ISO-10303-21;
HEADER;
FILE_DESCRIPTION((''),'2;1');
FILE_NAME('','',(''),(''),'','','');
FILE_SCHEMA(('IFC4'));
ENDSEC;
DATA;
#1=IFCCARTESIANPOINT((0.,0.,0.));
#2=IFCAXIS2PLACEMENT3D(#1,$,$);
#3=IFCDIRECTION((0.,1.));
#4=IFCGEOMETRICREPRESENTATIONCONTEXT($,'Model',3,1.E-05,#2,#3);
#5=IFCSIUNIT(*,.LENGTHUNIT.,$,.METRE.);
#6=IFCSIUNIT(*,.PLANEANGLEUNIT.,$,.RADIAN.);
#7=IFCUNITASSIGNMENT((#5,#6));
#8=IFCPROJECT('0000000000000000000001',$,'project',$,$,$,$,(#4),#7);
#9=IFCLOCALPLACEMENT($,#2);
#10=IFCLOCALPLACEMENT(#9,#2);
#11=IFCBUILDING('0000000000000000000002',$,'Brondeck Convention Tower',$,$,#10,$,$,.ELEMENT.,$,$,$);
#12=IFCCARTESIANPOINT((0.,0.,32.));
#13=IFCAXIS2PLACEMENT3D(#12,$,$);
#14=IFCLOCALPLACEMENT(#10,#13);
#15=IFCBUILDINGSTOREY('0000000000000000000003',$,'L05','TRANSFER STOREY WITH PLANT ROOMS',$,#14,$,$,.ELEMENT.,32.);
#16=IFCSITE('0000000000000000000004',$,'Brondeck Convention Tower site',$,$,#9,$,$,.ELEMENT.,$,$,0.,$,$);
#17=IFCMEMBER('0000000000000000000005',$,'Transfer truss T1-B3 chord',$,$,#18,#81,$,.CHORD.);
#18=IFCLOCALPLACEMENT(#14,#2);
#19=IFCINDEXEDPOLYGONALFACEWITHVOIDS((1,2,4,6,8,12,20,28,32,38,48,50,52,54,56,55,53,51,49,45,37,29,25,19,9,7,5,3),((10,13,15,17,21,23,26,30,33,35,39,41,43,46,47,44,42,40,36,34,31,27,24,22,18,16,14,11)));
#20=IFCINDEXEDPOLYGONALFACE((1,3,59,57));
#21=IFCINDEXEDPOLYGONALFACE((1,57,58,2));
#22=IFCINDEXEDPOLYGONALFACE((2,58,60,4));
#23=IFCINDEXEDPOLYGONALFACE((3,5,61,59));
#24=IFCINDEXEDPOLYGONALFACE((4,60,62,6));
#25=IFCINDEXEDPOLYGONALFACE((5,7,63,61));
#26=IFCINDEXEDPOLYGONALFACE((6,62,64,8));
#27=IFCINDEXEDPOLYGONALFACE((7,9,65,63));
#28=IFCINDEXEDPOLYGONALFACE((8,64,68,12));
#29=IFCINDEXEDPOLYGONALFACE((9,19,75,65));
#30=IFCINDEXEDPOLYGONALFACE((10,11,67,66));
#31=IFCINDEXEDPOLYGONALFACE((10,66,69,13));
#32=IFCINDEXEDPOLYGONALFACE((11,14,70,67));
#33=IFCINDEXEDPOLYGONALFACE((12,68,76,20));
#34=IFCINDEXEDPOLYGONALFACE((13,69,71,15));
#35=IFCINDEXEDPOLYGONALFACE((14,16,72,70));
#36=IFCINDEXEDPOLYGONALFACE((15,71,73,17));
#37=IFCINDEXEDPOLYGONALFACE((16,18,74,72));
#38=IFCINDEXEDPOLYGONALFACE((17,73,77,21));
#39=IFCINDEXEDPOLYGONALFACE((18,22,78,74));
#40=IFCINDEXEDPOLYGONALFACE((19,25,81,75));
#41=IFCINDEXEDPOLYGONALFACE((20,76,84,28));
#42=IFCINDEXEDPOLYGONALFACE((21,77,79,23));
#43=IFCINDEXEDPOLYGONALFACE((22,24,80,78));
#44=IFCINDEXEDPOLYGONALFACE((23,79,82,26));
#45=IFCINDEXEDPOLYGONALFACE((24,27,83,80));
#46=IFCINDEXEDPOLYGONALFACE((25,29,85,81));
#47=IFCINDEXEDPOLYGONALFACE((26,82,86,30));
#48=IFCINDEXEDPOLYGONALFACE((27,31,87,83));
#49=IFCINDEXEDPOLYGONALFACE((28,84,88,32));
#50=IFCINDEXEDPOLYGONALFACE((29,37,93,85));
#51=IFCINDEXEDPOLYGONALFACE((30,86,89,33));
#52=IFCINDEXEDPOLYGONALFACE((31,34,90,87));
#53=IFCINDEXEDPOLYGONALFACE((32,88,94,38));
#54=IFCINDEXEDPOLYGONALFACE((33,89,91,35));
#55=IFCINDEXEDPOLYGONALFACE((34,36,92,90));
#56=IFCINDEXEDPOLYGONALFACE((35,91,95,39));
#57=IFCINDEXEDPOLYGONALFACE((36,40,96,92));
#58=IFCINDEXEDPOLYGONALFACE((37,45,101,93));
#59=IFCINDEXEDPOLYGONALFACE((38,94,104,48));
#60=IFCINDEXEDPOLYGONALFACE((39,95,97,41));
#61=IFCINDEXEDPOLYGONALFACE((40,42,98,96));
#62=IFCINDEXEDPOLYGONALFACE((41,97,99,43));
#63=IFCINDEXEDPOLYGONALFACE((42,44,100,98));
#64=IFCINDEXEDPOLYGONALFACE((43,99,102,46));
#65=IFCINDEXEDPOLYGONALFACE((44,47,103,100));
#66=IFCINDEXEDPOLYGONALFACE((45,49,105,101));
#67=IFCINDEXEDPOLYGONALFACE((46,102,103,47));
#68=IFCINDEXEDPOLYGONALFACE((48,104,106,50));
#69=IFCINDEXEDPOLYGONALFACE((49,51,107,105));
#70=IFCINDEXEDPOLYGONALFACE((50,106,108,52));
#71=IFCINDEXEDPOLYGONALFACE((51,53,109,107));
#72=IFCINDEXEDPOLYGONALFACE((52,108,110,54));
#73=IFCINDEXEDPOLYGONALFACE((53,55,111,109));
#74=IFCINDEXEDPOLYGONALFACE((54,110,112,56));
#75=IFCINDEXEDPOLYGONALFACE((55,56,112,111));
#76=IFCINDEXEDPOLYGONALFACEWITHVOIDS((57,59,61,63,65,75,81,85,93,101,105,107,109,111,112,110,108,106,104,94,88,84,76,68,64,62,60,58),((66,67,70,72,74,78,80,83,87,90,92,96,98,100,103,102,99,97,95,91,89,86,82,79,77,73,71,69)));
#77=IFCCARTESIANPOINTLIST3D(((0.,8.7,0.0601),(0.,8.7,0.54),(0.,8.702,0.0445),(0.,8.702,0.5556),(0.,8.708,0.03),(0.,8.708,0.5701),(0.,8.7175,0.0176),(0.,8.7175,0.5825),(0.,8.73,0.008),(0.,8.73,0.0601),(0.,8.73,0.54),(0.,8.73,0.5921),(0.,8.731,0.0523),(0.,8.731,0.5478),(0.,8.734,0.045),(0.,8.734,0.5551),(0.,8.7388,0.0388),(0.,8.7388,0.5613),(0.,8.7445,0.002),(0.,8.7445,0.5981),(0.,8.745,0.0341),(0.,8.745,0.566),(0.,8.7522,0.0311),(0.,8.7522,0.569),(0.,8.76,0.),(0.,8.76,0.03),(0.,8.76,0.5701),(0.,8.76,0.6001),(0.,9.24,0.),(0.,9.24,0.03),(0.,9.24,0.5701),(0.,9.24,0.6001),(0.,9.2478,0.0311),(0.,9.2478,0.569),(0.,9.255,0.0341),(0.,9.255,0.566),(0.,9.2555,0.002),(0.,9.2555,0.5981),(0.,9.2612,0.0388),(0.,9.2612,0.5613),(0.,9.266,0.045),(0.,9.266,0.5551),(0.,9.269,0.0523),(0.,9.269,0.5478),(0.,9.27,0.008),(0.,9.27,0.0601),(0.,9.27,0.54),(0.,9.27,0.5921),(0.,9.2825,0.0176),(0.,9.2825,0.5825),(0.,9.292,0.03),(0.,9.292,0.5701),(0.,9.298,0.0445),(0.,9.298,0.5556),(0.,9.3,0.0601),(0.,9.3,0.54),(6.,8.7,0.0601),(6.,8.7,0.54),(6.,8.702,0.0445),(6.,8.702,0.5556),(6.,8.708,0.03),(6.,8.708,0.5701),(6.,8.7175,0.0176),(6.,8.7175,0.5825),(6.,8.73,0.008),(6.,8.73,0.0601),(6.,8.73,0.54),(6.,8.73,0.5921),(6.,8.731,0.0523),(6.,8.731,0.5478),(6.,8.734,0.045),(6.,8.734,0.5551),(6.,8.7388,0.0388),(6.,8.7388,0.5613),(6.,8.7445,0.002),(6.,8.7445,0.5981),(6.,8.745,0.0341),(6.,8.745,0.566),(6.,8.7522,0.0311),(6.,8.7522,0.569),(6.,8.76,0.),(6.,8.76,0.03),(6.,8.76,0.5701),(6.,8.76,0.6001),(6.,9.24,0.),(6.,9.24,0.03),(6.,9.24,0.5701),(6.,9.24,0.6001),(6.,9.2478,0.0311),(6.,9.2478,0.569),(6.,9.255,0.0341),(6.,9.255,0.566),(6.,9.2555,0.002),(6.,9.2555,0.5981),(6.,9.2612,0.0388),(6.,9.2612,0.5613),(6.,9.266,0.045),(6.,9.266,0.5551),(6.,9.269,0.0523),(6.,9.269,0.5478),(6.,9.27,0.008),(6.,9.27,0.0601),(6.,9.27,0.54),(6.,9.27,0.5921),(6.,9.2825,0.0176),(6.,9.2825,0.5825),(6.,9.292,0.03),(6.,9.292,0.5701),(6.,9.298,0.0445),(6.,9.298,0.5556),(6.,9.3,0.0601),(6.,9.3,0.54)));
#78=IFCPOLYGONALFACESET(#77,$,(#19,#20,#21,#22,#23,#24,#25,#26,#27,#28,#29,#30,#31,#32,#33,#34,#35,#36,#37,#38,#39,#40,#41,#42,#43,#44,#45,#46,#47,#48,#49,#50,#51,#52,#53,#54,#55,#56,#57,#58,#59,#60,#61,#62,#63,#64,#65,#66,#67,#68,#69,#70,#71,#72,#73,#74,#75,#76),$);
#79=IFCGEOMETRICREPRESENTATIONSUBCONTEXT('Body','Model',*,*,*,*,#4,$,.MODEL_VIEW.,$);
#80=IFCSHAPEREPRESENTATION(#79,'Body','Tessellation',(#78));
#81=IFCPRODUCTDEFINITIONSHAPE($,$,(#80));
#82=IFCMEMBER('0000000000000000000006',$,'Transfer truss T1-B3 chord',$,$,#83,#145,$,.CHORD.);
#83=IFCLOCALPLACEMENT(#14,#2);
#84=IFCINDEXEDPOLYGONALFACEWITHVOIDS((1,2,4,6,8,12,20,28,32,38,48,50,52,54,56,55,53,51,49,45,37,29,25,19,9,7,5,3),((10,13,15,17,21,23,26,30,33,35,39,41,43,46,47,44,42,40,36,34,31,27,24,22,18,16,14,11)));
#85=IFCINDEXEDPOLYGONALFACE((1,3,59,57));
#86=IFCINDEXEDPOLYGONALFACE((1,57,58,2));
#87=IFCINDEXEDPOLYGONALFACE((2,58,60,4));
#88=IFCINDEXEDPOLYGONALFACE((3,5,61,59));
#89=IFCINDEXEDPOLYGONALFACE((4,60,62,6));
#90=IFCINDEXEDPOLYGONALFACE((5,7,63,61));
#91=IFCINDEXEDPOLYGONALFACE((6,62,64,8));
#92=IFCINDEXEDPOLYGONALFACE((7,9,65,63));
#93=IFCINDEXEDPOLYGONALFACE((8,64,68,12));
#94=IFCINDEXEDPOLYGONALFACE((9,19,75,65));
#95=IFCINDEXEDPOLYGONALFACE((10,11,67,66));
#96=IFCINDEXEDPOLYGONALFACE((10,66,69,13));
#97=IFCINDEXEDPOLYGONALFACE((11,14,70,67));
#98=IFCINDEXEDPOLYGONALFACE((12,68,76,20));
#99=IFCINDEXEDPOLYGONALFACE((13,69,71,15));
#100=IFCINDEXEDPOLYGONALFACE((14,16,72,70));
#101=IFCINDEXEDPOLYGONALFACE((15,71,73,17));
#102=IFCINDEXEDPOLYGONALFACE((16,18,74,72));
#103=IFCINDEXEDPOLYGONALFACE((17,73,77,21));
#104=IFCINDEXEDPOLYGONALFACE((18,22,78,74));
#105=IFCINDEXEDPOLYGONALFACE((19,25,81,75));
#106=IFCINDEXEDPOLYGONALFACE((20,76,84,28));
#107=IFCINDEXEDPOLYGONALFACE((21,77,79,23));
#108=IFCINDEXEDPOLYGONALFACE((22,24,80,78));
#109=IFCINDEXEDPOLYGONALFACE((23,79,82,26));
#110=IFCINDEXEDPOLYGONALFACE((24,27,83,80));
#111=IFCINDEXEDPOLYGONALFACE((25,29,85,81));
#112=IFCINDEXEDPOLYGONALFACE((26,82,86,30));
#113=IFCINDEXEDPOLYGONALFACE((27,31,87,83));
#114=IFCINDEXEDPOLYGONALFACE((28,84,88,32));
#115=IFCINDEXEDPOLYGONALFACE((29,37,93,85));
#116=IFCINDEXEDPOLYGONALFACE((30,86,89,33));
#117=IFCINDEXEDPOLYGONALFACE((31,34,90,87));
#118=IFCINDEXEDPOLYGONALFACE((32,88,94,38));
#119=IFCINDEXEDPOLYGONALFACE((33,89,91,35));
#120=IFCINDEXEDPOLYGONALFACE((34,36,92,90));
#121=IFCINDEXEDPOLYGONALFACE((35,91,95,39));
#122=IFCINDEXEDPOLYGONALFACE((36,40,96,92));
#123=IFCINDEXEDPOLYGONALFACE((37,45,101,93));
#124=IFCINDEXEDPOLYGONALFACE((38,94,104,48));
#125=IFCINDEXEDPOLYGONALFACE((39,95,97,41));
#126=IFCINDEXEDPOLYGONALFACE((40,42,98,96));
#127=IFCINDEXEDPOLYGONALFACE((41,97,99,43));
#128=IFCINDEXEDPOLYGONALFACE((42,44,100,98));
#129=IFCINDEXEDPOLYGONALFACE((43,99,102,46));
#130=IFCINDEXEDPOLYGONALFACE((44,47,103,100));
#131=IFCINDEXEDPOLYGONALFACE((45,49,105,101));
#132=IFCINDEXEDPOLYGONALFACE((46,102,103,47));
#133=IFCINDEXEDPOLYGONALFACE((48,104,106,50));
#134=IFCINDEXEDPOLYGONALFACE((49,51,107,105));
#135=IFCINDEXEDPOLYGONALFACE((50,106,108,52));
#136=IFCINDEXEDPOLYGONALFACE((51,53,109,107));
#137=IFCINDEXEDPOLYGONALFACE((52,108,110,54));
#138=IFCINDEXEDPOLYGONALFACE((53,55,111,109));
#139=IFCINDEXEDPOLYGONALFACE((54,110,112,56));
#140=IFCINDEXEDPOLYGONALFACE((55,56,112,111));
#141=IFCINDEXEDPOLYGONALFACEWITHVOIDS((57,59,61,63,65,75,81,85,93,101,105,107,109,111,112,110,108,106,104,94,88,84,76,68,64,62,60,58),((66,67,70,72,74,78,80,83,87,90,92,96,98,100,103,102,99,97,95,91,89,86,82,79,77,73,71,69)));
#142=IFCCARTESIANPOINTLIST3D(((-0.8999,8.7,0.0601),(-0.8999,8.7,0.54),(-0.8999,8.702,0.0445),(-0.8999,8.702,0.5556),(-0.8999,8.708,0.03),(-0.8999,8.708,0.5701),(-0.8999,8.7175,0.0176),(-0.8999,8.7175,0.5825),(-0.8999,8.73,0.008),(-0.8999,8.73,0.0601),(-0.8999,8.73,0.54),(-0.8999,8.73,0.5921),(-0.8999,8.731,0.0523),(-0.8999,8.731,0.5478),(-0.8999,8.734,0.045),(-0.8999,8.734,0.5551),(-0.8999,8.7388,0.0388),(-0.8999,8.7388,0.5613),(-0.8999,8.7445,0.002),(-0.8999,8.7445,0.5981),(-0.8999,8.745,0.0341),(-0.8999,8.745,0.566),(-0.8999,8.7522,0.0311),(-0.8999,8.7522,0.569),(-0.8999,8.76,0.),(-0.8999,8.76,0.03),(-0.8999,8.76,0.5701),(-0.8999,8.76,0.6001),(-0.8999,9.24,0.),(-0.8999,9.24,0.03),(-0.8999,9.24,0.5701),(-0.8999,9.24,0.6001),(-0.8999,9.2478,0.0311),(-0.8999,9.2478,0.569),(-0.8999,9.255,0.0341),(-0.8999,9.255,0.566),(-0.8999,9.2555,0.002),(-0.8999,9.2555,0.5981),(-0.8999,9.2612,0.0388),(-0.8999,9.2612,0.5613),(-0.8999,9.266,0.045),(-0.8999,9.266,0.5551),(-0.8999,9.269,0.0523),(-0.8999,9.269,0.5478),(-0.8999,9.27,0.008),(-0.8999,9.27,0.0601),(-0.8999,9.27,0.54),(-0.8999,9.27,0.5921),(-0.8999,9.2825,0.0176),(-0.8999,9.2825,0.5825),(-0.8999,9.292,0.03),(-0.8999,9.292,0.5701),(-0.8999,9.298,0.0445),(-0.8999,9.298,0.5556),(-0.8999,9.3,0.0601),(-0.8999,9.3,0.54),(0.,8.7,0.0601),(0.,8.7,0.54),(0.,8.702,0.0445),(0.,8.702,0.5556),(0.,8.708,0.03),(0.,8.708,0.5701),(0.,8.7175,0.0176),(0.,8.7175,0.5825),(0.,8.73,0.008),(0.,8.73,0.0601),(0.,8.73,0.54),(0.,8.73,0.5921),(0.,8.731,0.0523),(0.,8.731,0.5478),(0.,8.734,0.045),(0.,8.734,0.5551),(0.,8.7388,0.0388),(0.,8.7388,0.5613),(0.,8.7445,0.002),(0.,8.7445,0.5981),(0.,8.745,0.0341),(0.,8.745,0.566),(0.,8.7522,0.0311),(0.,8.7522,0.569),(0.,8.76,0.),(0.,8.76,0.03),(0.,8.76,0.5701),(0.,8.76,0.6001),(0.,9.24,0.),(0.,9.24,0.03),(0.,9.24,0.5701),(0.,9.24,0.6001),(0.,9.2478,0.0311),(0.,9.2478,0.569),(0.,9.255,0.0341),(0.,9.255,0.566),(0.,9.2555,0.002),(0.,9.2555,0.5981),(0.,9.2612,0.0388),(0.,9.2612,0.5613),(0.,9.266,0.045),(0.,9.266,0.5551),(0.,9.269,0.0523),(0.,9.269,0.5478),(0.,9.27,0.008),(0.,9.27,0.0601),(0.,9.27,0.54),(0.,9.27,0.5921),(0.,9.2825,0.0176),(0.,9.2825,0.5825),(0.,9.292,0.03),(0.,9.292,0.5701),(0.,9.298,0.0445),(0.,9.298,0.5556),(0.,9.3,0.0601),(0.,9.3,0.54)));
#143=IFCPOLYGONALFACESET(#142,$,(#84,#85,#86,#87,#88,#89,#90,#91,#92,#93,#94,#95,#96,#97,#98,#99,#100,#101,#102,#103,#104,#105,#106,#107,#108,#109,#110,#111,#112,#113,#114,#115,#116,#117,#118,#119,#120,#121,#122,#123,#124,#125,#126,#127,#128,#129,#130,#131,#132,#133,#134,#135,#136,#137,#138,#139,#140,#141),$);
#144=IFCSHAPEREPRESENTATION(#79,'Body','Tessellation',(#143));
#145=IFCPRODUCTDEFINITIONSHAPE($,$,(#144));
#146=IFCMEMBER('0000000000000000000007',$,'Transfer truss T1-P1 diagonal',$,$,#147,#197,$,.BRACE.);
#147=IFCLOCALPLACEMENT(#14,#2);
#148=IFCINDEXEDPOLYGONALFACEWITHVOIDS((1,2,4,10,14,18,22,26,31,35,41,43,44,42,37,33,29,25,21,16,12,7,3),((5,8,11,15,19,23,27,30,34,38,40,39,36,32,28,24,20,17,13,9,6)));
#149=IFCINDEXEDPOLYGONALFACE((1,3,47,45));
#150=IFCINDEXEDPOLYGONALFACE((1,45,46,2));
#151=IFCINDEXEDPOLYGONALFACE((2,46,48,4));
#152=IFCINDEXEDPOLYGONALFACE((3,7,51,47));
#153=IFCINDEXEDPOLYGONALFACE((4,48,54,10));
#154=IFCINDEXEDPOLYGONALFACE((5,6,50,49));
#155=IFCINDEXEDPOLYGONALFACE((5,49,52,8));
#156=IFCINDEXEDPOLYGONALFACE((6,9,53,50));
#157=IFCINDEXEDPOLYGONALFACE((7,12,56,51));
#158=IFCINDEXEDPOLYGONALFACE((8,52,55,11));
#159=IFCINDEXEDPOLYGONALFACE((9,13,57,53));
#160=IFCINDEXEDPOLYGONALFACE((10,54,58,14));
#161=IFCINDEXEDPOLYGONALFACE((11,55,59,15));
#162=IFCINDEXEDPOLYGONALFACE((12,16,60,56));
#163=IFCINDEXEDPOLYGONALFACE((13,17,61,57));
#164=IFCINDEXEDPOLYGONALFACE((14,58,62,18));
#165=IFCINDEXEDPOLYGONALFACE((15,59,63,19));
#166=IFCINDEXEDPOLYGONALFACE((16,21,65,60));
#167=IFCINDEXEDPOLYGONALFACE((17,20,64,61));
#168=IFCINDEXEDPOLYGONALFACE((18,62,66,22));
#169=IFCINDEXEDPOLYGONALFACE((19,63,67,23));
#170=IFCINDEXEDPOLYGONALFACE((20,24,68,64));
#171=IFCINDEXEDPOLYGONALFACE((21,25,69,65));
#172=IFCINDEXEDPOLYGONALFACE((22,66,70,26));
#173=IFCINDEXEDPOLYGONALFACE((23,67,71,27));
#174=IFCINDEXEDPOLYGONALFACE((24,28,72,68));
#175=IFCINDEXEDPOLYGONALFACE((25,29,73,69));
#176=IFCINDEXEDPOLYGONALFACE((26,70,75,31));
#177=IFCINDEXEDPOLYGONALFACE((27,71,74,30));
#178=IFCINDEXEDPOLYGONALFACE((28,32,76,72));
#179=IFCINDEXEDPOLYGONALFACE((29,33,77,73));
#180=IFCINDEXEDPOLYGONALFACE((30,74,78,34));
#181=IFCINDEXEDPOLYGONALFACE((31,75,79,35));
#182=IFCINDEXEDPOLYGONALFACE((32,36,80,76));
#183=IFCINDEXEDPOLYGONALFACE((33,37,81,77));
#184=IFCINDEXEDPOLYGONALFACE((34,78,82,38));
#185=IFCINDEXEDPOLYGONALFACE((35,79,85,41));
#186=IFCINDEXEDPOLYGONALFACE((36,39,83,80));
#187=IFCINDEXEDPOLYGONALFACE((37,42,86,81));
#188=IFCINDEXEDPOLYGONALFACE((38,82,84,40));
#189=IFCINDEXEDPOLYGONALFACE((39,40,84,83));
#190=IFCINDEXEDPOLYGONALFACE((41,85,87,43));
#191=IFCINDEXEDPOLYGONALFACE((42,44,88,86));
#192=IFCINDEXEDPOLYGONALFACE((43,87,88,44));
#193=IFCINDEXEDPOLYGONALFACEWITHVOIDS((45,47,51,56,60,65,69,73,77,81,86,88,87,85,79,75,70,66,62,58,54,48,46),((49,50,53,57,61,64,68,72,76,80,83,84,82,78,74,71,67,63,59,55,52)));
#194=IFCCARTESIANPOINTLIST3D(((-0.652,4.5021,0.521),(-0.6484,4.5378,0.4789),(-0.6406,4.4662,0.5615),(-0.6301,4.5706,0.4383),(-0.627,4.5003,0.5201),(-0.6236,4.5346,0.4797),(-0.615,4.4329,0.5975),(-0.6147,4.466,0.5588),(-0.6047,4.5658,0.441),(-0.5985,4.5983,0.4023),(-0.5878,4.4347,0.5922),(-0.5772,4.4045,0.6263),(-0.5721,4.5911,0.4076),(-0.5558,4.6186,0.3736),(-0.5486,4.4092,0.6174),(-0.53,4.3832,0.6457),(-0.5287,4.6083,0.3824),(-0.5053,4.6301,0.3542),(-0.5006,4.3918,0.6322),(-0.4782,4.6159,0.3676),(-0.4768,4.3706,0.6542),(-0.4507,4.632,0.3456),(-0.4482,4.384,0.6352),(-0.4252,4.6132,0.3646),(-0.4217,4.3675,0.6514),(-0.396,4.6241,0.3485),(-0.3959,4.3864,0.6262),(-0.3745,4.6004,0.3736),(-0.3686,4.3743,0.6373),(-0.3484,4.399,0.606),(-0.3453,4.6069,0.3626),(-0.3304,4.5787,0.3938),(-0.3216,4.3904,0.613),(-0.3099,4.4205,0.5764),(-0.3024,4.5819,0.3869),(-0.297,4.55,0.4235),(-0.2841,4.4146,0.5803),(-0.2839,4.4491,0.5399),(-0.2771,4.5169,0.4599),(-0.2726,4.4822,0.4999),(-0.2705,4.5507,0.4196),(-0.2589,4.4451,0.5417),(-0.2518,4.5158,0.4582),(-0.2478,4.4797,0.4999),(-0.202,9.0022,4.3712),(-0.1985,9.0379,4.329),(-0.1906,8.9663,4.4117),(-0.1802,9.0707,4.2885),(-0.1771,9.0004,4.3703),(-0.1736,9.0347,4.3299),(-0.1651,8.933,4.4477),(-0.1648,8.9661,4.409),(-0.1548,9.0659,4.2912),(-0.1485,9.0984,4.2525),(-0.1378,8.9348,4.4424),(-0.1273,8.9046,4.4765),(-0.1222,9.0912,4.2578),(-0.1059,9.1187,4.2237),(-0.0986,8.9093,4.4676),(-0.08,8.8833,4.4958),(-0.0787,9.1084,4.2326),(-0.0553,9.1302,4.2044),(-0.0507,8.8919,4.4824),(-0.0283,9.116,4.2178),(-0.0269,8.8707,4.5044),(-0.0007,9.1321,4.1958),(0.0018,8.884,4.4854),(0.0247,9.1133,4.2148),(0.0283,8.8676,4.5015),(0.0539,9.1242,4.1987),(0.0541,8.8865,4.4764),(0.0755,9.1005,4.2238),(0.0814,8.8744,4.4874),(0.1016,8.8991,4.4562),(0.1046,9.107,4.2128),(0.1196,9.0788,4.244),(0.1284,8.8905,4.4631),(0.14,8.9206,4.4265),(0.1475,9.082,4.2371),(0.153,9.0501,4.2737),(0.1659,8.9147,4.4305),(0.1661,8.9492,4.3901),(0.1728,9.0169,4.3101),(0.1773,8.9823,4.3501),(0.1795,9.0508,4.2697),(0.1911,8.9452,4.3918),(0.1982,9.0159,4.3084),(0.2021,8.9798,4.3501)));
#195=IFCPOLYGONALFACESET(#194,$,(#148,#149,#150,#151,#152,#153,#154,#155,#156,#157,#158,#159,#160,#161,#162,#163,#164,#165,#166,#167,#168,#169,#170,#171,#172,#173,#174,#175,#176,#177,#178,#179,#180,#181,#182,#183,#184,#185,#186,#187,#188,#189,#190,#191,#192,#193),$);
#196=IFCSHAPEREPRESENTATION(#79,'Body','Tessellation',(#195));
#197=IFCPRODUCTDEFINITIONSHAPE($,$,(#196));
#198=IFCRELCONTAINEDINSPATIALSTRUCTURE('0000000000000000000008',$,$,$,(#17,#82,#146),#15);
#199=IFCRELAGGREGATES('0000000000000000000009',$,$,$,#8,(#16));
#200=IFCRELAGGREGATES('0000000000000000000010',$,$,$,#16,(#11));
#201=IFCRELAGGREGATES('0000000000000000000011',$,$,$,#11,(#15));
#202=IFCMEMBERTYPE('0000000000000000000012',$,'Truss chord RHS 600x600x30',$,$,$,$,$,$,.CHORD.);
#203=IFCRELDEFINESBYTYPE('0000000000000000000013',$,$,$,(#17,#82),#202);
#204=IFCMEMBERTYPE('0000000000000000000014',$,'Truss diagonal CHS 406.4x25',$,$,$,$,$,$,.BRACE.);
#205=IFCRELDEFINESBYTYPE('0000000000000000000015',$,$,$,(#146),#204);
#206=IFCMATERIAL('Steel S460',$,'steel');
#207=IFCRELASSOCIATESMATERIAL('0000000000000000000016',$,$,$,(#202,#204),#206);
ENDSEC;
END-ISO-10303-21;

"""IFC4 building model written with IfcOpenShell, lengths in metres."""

from ifc_helpers import new_model, si_unit, direction, frame, origin, origin_2d, place, context, subcontext, project, spatial, hollow_rectangle, hollow_circle, extrude, material, material_profile, profile_set, type_object, element, save


model = new_model("IFC4")

# Units and contexts
model_context = context("Model", 3, precision=1e-05, world=origin(), true_north=direction((0.0, 1.0)))
body_context = subcontext(model_context, "Body", "Model", "MODEL_VIEW")
ifc_project = project(units=[si_unit("LENGTHUNIT", "METRE"), si_unit("PLANEANGLEUNIT", "RADIAN")], contexts=[model_context])

# Site, building, storey
site_placement = place(None, origin())
site = spatial("IfcSite", under=ifc_project, at=site_placement, Name="Brondeck Convention Tower site", CompositionType="ELEMENT", RefElevation=0.0)
building_placement = place(site_placement, origin())
building = spatial("IfcBuilding", under=site, at=building_placement, Name="Brondeck Convention Tower", CompositionType="ELEMENT")
storey_placement = place(building_placement, frame((0.0, 0.0, 32.0)))
storey = spatial("IfcBuildingStorey", under=building, at=storey_placement, Name="L05", Description="TRANSFER STOREY WITH PLANT ROOMS", CompositionType="ELEMENT", Elevation=32.0)

# Shared definitions
ifc_material_1 = material(Name="Steel S460", Category="steel")

# Members
ifc_material_profile_1 = material_profile(ifc_material_1, hollow_rectangle(XDim=0.6001, YDim=0.6001, WallThickness=0.03, InnerFilletRadius=0.03, OuterFilletRadius=0.0601, at=origin_2d()), Name="RHS 600x600x30")
ifc_profile_set_1 = profile_set([ifc_material_profile_1], Name="Steel S460")
member_type_1 = type_object("IfcMemberType", Name="Truss chord RHS 600x600x30", PredefinedType="CHORD", material=ifc_profile_set_1)
member_1_placement = place(storey_placement, frame((6.0, 9.0, 0.3), z_axis=(-1.0, 0.0, 0.0), x_axis=(0.0, -1.0, 0.0)))
element("IfcMember", 1, at=member_1_placement, inside=storey, type_object=member_type_1, Name="Transfer truss T1-B3 chord", PredefinedType="CHORD", context=body_context, shape_type="SweptSolid", body=[
    extrude(hollow_rectangle(XDim=0.6001, YDim=0.6001, WallThickness=0.03, InnerFilletRadius=0.03, OuterFilletRadius=0.0601, at=origin_2d()), origin(), (0.0, 0.0, 1.0), 6.0),
])
member_2_placement = place(storey_placement, frame((0.0, 9.0, 0.3), z_axis=(-1.0, 0.0, 0.0), x_axis=(0.0, -1.0, 0.0)))
element("IfcMember", 2, at=member_2_placement, inside=storey, type_object=member_type_1, Name="Transfer truss T1-B3 chord", PredefinedType="CHORD", context=body_context, shape_type="SweptSolid", body=[
    extrude(hollow_rectangle(XDim=0.6001, YDim=0.6001, WallThickness=0.03, InnerFilletRadius=0.03, OuterFilletRadius=0.0601, at=origin_2d()), origin(), (0.0, 0.0, 1.0), 0.8999),
])
ifc_material_profile_2 = material_profile(ifc_material_1, hollow_circle(Radius=0.2031, WallThickness=0.0249, at=origin_2d()), Name="CHS 406.4x25")
ifc_profile_set_2 = profile_set([ifc_material_profile_2], Name="Steel S460")
member_type_2 = type_object("IfcMemberType", Name="Truss diagonal CHS 406.4x25", PredefinedType="BRACE", material=ifc_profile_set_2)
member_3_placement = place(storey_placement, frame((0.0, 9.0, 4.3501), z_axis=(-0.075758, -0.75766, -0.648237), x_axis=(0.995038, -0.099493, 0.0)))
element("IfcMember", 3, at=member_3_placement, inside=storey, type_object=member_type_2, Name="Transfer truss T1-P1 diagonal", PredefinedType="BRACE", context=body_context, shape_type="SweptSolid", body=[
    extrude(hollow_circle(Radius=0.2031, WallThickness=0.0249, at=origin_2d()), origin(), (0.0, 0.0, 1.0), 5.9395),
])

save(model, "model.ifc")
